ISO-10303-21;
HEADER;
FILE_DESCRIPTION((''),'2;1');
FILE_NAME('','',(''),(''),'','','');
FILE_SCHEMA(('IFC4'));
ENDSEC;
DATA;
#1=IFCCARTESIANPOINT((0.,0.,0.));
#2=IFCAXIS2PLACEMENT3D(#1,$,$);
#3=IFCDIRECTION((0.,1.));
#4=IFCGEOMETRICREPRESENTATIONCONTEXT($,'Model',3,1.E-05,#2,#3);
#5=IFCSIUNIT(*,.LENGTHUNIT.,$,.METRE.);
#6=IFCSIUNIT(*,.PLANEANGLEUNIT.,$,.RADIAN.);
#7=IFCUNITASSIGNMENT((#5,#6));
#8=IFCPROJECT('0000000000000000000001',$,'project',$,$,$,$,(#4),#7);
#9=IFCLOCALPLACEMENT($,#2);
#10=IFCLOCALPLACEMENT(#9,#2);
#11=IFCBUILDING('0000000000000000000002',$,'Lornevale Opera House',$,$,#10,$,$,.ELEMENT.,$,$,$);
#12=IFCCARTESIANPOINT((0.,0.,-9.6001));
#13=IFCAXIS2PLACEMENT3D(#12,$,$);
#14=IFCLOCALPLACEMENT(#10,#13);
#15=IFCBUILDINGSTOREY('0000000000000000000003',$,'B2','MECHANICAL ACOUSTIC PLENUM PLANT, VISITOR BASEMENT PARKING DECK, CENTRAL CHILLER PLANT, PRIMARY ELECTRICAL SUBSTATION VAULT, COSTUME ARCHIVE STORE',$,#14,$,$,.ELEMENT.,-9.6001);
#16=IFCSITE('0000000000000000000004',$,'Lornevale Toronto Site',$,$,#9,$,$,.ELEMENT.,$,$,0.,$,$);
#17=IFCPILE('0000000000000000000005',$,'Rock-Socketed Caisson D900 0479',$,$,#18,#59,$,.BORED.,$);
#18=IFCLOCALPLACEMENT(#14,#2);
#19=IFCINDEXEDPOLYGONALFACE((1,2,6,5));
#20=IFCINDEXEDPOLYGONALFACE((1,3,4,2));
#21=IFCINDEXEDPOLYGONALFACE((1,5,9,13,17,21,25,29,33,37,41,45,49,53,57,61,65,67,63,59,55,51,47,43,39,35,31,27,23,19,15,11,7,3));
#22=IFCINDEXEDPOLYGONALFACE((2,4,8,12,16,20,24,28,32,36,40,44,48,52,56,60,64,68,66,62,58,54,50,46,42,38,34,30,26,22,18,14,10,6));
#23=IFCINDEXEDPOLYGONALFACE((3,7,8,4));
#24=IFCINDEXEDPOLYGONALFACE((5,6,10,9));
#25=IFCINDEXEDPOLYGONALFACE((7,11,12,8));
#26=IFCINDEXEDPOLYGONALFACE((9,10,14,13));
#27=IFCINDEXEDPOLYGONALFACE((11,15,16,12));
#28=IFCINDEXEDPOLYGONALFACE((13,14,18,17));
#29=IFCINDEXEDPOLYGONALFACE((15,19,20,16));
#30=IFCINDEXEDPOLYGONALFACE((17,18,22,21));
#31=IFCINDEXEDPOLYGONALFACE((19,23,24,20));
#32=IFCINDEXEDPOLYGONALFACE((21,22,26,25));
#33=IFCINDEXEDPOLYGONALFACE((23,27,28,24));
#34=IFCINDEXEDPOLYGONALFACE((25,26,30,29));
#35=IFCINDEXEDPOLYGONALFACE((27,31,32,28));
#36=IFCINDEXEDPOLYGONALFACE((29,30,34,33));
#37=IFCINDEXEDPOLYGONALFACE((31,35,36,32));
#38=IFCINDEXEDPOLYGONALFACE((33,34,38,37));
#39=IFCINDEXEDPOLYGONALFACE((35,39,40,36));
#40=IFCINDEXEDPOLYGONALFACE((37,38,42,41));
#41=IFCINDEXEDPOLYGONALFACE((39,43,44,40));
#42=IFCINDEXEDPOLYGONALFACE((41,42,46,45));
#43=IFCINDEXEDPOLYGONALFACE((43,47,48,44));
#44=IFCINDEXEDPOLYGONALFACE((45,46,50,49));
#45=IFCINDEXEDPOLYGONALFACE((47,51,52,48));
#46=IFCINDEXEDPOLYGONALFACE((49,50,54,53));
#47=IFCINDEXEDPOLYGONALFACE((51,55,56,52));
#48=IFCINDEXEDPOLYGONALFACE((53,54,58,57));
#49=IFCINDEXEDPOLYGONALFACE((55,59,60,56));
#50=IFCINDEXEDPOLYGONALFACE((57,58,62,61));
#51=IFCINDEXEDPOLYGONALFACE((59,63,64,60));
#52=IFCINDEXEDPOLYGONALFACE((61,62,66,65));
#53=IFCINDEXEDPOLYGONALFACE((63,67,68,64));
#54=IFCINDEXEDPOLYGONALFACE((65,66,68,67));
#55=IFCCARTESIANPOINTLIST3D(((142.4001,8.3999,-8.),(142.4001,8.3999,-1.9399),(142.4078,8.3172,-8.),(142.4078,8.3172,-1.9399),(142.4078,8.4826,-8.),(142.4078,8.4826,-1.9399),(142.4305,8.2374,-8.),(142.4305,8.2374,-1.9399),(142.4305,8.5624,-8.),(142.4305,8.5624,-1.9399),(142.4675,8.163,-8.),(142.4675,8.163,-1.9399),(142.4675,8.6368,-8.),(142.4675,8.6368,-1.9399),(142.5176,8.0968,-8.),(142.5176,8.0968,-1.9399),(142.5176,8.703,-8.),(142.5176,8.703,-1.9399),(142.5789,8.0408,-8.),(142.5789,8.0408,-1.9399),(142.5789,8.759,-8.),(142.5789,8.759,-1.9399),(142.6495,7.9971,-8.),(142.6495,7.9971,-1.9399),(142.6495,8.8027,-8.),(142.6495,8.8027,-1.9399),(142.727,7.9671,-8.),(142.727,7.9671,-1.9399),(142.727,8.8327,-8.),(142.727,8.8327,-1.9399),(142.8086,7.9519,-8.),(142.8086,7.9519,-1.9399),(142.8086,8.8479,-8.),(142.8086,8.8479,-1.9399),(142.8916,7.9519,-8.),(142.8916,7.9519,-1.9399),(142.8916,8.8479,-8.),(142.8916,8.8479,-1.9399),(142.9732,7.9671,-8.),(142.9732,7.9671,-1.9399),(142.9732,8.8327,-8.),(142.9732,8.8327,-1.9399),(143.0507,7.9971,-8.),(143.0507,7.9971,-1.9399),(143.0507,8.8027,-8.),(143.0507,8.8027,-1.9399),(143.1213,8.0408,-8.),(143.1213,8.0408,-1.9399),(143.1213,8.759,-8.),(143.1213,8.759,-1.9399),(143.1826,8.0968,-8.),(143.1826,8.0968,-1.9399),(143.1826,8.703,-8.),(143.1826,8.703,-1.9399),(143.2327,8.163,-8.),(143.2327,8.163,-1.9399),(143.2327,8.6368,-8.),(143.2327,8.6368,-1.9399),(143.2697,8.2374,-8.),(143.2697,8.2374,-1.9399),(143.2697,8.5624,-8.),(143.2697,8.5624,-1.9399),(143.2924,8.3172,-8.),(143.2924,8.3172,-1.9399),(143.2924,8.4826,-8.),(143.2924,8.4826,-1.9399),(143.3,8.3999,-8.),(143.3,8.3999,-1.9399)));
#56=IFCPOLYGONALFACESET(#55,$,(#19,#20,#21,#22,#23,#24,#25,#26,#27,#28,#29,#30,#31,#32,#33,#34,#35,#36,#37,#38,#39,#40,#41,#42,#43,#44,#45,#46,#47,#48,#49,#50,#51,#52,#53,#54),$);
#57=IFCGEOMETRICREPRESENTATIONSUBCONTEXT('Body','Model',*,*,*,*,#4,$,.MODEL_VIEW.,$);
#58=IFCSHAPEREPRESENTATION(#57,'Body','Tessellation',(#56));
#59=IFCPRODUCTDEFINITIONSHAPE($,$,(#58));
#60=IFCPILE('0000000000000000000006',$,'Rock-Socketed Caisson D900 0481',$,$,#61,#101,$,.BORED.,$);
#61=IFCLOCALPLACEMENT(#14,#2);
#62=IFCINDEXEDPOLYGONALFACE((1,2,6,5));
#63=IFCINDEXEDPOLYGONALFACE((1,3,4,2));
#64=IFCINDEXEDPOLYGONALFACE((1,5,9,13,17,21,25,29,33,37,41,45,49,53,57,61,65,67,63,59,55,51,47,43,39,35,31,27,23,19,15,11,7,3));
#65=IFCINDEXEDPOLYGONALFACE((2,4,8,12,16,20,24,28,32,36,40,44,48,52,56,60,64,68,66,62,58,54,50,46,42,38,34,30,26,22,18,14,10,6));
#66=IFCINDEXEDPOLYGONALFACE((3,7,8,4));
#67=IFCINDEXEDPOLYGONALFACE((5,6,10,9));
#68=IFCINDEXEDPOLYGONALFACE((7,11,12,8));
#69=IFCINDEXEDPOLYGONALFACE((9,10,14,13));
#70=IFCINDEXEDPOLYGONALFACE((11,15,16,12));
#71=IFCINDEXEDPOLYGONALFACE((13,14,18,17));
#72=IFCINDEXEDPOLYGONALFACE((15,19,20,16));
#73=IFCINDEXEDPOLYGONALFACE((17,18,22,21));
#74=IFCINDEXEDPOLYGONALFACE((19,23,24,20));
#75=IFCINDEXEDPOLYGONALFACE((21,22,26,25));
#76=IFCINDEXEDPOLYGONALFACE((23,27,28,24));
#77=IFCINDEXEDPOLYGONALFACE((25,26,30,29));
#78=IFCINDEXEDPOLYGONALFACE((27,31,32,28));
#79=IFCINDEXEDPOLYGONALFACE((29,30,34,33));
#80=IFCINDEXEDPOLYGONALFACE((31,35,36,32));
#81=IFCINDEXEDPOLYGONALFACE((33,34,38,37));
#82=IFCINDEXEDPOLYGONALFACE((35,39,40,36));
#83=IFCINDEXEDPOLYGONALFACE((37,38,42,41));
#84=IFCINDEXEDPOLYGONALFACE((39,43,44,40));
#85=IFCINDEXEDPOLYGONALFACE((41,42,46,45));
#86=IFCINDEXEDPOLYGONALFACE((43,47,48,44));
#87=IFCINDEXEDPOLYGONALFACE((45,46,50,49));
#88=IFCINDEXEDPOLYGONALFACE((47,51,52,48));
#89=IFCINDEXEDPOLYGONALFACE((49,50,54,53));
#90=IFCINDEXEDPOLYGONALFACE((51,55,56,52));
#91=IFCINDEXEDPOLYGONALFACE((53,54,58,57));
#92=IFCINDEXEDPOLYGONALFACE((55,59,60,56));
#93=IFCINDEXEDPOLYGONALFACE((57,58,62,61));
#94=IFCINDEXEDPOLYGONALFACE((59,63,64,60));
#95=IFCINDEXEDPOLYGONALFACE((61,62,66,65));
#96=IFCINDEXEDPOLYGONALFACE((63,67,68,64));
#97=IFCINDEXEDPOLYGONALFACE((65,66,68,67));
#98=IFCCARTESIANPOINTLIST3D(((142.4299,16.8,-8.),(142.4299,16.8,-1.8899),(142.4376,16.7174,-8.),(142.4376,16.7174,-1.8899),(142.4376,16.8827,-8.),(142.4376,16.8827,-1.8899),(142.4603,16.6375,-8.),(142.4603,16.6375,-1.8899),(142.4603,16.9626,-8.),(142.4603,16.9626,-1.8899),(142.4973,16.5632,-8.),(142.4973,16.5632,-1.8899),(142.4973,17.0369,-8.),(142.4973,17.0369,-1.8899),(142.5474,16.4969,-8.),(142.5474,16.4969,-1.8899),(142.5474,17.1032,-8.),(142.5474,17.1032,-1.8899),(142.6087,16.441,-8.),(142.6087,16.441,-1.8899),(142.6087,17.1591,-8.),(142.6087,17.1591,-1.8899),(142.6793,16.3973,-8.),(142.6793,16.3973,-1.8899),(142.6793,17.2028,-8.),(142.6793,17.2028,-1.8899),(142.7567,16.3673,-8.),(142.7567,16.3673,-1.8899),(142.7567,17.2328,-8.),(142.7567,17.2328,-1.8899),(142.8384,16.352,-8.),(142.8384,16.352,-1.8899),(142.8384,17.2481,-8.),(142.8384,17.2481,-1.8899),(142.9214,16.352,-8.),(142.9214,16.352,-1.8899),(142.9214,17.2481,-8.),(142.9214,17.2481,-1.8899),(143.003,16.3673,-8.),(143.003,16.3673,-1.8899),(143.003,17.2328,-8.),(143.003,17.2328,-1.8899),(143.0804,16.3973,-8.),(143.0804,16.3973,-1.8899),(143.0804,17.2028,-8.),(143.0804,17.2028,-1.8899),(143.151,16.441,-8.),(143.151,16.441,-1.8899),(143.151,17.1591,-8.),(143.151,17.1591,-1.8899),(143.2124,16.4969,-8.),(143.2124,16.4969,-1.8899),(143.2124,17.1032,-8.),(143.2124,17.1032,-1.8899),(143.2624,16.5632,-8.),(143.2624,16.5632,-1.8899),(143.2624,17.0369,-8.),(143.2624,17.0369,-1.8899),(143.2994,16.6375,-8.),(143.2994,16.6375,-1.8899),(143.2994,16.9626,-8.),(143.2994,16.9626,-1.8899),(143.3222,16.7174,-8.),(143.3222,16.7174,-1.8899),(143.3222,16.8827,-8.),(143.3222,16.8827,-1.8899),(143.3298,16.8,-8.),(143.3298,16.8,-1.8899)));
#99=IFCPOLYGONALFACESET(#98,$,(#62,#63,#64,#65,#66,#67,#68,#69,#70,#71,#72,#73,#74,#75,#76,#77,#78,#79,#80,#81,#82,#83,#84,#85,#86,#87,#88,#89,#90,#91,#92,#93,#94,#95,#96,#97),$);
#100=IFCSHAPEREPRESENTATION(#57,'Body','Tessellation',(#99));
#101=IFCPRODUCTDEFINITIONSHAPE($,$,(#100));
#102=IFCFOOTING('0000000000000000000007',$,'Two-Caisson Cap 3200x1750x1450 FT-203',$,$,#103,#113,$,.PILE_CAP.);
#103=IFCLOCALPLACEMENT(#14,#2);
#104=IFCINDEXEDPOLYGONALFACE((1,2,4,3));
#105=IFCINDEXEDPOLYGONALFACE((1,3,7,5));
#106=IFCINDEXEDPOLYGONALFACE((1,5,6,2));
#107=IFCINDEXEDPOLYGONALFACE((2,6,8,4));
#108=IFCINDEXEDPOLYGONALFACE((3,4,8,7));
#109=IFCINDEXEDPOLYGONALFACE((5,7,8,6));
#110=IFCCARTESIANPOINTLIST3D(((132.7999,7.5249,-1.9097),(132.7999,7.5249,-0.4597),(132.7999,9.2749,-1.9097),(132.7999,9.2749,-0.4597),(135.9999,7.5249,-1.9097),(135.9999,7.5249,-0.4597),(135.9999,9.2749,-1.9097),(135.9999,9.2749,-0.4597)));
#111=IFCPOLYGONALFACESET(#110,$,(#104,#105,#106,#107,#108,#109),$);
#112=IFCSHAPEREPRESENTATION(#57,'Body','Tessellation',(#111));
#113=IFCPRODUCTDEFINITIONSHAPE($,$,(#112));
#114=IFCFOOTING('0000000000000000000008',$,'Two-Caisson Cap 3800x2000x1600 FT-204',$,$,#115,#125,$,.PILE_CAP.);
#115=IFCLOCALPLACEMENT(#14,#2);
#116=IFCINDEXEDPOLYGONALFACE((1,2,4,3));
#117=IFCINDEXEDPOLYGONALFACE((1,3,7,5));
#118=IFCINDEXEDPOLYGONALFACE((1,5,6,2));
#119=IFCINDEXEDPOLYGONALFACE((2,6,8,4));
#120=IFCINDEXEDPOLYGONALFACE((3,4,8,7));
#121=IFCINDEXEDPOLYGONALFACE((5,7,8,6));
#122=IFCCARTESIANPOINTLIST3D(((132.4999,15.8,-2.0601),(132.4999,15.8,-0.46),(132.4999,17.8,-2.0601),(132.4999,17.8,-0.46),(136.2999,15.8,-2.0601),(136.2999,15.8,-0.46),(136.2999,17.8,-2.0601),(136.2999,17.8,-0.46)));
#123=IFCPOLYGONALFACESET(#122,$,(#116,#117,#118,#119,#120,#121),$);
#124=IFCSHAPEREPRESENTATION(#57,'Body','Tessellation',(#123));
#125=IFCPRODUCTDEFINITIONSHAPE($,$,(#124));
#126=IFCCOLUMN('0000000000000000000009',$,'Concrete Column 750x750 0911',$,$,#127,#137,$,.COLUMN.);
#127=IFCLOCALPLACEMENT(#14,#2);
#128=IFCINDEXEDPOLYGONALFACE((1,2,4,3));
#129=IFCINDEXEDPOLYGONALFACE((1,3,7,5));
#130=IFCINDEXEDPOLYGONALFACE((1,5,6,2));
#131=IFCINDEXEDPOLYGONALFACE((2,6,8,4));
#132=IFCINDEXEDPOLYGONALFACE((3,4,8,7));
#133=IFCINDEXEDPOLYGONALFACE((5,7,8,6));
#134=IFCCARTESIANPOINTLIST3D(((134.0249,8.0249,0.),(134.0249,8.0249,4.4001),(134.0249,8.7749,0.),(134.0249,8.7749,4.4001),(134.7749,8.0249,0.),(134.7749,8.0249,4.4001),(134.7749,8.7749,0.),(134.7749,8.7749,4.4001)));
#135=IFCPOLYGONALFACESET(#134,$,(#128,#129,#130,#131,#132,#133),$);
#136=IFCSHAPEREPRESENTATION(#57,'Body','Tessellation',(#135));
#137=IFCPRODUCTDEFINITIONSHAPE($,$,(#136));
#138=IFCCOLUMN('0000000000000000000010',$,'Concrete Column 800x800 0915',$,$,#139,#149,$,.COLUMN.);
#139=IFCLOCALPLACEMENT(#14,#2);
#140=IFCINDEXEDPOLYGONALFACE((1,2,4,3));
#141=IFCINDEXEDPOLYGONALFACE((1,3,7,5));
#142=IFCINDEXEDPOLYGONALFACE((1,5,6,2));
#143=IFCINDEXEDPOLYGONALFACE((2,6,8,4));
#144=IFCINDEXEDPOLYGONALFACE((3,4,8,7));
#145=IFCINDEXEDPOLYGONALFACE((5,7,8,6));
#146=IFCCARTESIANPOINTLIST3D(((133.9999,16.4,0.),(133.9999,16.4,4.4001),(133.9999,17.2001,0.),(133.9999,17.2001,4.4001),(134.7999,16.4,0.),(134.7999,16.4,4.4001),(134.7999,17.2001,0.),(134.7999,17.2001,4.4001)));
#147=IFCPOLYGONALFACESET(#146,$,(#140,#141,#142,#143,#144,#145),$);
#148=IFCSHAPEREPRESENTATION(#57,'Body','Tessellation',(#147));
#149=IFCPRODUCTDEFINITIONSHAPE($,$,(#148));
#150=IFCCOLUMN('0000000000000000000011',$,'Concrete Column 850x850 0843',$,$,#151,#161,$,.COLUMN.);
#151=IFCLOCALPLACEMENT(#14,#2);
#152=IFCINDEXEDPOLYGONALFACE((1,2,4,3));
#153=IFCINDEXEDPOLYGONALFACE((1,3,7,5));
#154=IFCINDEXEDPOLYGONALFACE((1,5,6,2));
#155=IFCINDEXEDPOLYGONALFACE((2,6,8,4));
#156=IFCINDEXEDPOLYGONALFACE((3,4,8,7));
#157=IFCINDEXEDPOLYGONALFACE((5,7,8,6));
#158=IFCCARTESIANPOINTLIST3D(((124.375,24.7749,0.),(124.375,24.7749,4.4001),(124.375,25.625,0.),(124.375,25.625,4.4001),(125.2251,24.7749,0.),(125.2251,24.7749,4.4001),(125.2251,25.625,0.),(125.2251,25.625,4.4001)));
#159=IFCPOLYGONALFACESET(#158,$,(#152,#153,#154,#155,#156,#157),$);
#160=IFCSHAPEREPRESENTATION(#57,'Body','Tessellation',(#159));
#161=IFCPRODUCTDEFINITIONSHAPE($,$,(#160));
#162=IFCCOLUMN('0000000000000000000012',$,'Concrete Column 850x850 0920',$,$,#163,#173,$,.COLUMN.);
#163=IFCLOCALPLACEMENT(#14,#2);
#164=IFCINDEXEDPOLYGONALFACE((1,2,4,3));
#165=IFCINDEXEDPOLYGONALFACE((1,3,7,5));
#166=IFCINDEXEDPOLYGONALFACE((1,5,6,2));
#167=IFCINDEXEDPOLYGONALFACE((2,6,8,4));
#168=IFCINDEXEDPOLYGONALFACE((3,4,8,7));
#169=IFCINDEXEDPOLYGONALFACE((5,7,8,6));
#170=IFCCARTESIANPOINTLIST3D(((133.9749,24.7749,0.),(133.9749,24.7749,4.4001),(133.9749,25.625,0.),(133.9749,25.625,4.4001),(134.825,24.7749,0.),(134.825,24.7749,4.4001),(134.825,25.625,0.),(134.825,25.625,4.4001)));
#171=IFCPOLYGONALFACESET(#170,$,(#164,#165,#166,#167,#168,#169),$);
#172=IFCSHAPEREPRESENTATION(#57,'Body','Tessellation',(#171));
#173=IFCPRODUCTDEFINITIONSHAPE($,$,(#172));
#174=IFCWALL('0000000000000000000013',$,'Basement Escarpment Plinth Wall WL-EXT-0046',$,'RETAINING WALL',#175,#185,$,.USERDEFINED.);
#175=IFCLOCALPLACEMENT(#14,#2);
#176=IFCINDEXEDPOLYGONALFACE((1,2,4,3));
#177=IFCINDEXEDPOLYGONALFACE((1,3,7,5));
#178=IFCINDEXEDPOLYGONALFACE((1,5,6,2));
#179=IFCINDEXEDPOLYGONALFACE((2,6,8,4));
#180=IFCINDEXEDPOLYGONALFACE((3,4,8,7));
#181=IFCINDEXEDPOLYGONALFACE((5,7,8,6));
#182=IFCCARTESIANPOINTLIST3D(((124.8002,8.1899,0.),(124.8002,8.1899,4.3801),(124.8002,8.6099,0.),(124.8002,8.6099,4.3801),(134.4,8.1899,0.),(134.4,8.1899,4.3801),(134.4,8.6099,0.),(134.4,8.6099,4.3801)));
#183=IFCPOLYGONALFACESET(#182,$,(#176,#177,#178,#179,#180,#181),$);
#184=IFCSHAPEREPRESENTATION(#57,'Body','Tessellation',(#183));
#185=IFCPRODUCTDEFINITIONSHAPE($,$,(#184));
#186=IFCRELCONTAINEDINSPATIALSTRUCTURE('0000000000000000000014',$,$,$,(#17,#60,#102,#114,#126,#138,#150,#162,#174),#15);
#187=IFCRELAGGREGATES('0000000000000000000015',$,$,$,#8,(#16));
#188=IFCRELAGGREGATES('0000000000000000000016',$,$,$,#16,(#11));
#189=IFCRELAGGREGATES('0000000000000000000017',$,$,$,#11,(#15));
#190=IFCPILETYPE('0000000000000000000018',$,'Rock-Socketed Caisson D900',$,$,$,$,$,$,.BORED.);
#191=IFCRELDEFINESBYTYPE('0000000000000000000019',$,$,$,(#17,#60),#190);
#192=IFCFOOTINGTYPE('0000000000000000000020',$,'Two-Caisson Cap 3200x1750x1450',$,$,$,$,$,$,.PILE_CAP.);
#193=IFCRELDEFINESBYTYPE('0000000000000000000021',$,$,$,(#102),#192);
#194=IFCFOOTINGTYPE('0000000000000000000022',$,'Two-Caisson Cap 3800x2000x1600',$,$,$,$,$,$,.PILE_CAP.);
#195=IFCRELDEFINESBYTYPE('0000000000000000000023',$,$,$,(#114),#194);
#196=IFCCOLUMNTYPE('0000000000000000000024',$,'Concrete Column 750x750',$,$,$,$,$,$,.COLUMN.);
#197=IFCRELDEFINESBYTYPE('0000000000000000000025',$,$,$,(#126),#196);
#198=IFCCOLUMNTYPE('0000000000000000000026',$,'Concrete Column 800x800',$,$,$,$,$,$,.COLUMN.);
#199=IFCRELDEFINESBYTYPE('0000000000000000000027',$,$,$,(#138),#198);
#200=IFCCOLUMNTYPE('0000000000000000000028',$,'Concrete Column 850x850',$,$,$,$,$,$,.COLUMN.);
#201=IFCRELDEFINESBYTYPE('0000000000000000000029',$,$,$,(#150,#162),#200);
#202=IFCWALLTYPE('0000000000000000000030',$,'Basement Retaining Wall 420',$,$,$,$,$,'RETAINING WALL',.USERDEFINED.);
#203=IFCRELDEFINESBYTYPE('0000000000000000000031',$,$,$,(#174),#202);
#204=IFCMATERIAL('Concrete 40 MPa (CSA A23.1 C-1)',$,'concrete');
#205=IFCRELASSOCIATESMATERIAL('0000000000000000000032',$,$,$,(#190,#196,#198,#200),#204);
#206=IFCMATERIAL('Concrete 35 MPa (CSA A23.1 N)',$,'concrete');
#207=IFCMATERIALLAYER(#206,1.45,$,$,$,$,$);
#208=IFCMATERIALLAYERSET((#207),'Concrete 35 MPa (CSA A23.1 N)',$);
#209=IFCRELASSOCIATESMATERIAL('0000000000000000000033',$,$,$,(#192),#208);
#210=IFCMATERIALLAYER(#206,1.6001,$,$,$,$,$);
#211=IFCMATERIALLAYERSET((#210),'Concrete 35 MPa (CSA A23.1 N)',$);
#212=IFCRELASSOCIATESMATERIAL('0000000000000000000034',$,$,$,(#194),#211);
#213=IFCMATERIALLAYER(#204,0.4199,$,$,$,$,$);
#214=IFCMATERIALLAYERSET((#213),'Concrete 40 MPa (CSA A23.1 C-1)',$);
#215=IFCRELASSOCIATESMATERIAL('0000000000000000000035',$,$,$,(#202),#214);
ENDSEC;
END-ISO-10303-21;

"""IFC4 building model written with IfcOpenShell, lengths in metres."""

from ifc_helpers import new_model, si_unit, direction, frame, frame_2d, origin, origin_2d, place, context, subcontext, project, spatial, rectangle, circle, extrude, material, layer, layer_set, material_profile, profile_set, type_object, element, save


model = new_model("IFC4")

# Units and contexts
model_context = context("Model", 3, precision=1e-05, world=origin(), true_north=direction((0.0, 1.0)))
body_context = subcontext(model_context, "Body", "Model", "MODEL_VIEW")
ifc_project = project(units=[si_unit("LENGTHUNIT", "METRE"), si_unit("PLANEANGLEUNIT", "RADIAN")], contexts=[model_context])

# Site, building, storey
site_placement = place(None, origin())
site = spatial("IfcSite", under=ifc_project, at=site_placement, Name="Lornevale Toronto Site", CompositionType="ELEMENT", RefElevation=0.0)
building_placement = place(site_placement, origin())
building = spatial("IfcBuilding", under=site, at=building_placement, Name="Lornevale Opera House", CompositionType="ELEMENT")
storey_placement = place(building_placement, frame((0.0, 0.0, -9.6001)))
storey = spatial("IfcBuildingStorey", under=building, at=storey_placement, Name="B2", Description="MECHANICAL ACOUSTIC PLENUM PLANT, VISITOR BASEMENT PARKING DECK, CENTRAL CHILLER PLANT, PRIMARY ELECTRICAL SUBSTATION VAULT, COSTUME ARCHIVE STORE", CompositionType="ELEMENT", Elevation=-9.6001)

# Shared definitions
ifc_material_1 = material(Name="Concrete 35 MPa (CSA A23.1 N)", Category="concrete")

# Piles
ifc_material_2 = material(Name="Concrete 40 MPa (CSA A23.1 C-1)", Category="concrete")
ifc_material_profile_1 = material_profile(ifc_material_2, circle(Radius=0.45, at=origin_2d()), Name="CAIS900")
ifc_profile_set_1 = profile_set([ifc_material_profile_1], Name="Concrete 40 MPa (CSA A23.1 C-1)")
pile_type_1 = type_object("IfcPileType", Name="Rock-Socketed Caisson D900", PredefinedType="BORED", material=ifc_profile_set_1)
for number, where, z_axis, x_axis, name in (
    (1, (142.8501, 8.3999, -1.9399), (0.0, 0.0, -1.0), (1.0, 0.0, 0.0), "Rock-Socketed Caisson D900 0479"),
):
    element("IfcPile", number, at=place(storey_placement, frame(where, z_axis=z_axis, x_axis=x_axis)), inside=storey, type_object=pile_type_1, Name=name, PredefinedType="BORED", context=body_context, shape_type="SweptSolid", body=[
        extrude(circle(Radius=0.45, at=origin_2d()), origin(), (0.0, 0.0, 1.0), 6.0601),
    ])
pile_1_placement = place(storey_placement, frame((142.8799, 16.8, -1.8899), z_axis=(0.0, 0.0, -1.0), x_axis=(1.0, 0.0, 0.0)))
element("IfcPile", 2, at=pile_1_placement, inside=storey, type_object=pile_type_1, Name="Rock-Socketed Caisson D900 0481", PredefinedType="BORED", context=body_context, shape_type="SweptSolid", body=[
    extrude(circle(Radius=0.45, at=origin_2d()), origin(), (0.0, 0.0, 1.0), 6.1101),
])

# Footings
ifc_layer_1 = layer(ifc_material_1, 1.45)
ifc_layer_set_1 = layer_set([ifc_layer_1], Name="Concrete 35 MPa (CSA A23.1 N)")
footing_type_1 = type_object("IfcFootingType", Name="Two-Caisson Cap 3200x1750x1450", PredefinedType="PILE_CAP", material=ifc_layer_set_1)
footing_1_placement = place(storey_placement, frame((134.3999, 8.3999, -1.9097), z_axis=(0.0, 0.0, 1.0), x_axis=(1.0, 0.0, 0.0)))
element("IfcFooting", 3, at=footing_1_placement, inside=storey, type_object=footing_type_1, Name="Two-Caisson Cap 3200x1750x1450 FT-203", PredefinedType="PILE_CAP", context=body_context, shape_type="SweptSolid", body=[
    extrude(rectangle(XDim=3.2, YDim=1.75, at=origin_2d()), origin(), (0.0, 0.0, 1.0), 1.45),
])
ifc_layer_2 = layer(ifc_material_1, 1.6001)
ifc_layer_set_2 = layer_set([ifc_layer_2], Name="Concrete 35 MPa (CSA A23.1 N)")
footing_type_2 = type_object("IfcFootingType", Name="Two-Caisson Cap 3800x2000x1600", PredefinedType="PILE_CAP", material=ifc_layer_set_2)
footing_2_placement = place(storey_placement, frame((134.3999, 16.8, -2.0601), z_axis=(0.0, 0.0, 1.0), x_axis=(1.0, 0.0, 0.0)))
element("IfcFooting", 4, at=footing_2_placement, inside=storey, type_object=footing_type_2, Name="Two-Caisson Cap 3800x2000x1600 FT-204", PredefinedType="PILE_CAP", context=body_context, shape_type="SweptSolid", body=[
    extrude(rectangle(XDim=3.8, YDim=2.0, at=origin_2d()), origin(), (0.0, 0.0, 1.0), 1.6001),
])

# Columns
ifc_material_profile_2 = material_profile(ifc_material_2, rectangle(XDim=0.75, YDim=0.75, at=origin_2d()), Name="RC750x750")
ifc_profile_set_2 = profile_set([ifc_material_profile_2], Name="Concrete 40 MPa (CSA A23.1 C-1)")
column_type_1 = type_object("IfcColumnType", Name="Concrete Column 750x750", PredefinedType="COLUMN", material=ifc_profile_set_2)
column_1_placement = place(storey_placement, frame((134.3999, 8.3999, 0.0), z_axis=(0.0, 0.0, 1.0), x_axis=(1.0, 0.0, 0.0)))
element("IfcColumn", 5, at=column_1_placement, inside=storey, type_object=column_type_1, Name="Concrete Column 750x750 0911", PredefinedType="COLUMN", context=body_context, shape_type="SweptSolid", body=[
    extrude(rectangle(XDim=0.75, YDim=0.75, at=origin_2d()), origin(), (0.0, 0.0, 1.0), 4.4001),
])
ifc_material_profile_3 = material_profile(ifc_material_2, rectangle(XDim=0.8, YDim=0.8, at=origin_2d()), Name="RC800x800")
ifc_profile_set_3 = profile_set([ifc_material_profile_3], Name="Concrete 40 MPa (CSA A23.1 C-1)")
column_type_2 = type_object("IfcColumnType", Name="Concrete Column 800x800", PredefinedType="COLUMN", material=ifc_profile_set_3)
column_2_placement = place(storey_placement, frame((134.3999, 16.8, 0.0), z_axis=(0.0, 0.0, 1.0), x_axis=(1.0, 0.0, 0.0)))
element("IfcColumn", 6, at=column_2_placement, inside=storey, type_object=column_type_2, Name="Concrete Column 800x800 0915", PredefinedType="COLUMN", context=body_context, shape_type="SweptSolid", body=[
    extrude(rectangle(XDim=0.8, YDim=0.8, at=origin_2d()), origin(), (0.0, 0.0, 1.0), 4.4001),
])
ifc_material_profile_4 = material_profile(ifc_material_2, rectangle(XDim=0.8501, YDim=0.8501, at=origin_2d()), Name="RC850x850")
ifc_profile_set_4 = profile_set([ifc_material_profile_4], Name="Concrete 40 MPa (CSA A23.1 C-1)")
column_type_3 = type_object("IfcColumnType", Name="Concrete Column 850x850", PredefinedType="COLUMN", material=ifc_profile_set_4)
for number, where, z_axis, x_axis, name in (
    (7, (124.8, 25.2, 0.0), (0.0, 0.0, 1.0), (1.0, 0.0, 0.0), "Concrete Column 850x850 0843"),
    (8, (134.3999, 25.2, 0.0), (0.0, 0.0, 1.0), (1.0, 0.0, 0.0), "Concrete Column 850x850 0920"),
):
    element("IfcColumn", number, at=place(storey_placement, frame(where, z_axis=z_axis, x_axis=x_axis)), inside=storey, type_object=column_type_3, Name=name, PredefinedType="COLUMN", context=body_context, shape_type="SweptSolid", body=[
        extrude(rectangle(XDim=0.8501, YDim=0.8501, at=origin_2d()), origin(), (0.0, 0.0, 1.0), 4.4001),
    ])

# Wall
ifc_layer_3 = layer(ifc_material_2, 0.4199)
ifc_layer_set_3 = layer_set([ifc_layer_3], Name="Concrete 40 MPa (CSA A23.1 C-1)")
wall_type = type_object("IfcWallType", Name="Basement Retaining Wall 420", ElementType="RETAINING WALL", PredefinedType="USERDEFINED", material=ifc_layer_set_3)
wall_placement = place(storey_placement, frame((134.3999, 8.3999, 0.0), z_axis=(0.0, 0.0, 1.0), x_axis=(-1.0, 0.0, 0.0)))
element("IfcWall", 9, at=wall_placement, inside=storey, type_object=wall_type, Name="Basement Escarpment Plinth Wall WL-EXT-0046", ObjectType="RETAINING WALL", PredefinedType="USERDEFINED", context=body_context, shape_type="SweptSolid", body=[
    extrude(rectangle(XDim=9.5999, YDim=0.4199, at=frame_2d((4.7998, 0.0))), origin(), (0.0, 0.0, 1.0), 4.3801),
])

save(model, "model.ifc")
